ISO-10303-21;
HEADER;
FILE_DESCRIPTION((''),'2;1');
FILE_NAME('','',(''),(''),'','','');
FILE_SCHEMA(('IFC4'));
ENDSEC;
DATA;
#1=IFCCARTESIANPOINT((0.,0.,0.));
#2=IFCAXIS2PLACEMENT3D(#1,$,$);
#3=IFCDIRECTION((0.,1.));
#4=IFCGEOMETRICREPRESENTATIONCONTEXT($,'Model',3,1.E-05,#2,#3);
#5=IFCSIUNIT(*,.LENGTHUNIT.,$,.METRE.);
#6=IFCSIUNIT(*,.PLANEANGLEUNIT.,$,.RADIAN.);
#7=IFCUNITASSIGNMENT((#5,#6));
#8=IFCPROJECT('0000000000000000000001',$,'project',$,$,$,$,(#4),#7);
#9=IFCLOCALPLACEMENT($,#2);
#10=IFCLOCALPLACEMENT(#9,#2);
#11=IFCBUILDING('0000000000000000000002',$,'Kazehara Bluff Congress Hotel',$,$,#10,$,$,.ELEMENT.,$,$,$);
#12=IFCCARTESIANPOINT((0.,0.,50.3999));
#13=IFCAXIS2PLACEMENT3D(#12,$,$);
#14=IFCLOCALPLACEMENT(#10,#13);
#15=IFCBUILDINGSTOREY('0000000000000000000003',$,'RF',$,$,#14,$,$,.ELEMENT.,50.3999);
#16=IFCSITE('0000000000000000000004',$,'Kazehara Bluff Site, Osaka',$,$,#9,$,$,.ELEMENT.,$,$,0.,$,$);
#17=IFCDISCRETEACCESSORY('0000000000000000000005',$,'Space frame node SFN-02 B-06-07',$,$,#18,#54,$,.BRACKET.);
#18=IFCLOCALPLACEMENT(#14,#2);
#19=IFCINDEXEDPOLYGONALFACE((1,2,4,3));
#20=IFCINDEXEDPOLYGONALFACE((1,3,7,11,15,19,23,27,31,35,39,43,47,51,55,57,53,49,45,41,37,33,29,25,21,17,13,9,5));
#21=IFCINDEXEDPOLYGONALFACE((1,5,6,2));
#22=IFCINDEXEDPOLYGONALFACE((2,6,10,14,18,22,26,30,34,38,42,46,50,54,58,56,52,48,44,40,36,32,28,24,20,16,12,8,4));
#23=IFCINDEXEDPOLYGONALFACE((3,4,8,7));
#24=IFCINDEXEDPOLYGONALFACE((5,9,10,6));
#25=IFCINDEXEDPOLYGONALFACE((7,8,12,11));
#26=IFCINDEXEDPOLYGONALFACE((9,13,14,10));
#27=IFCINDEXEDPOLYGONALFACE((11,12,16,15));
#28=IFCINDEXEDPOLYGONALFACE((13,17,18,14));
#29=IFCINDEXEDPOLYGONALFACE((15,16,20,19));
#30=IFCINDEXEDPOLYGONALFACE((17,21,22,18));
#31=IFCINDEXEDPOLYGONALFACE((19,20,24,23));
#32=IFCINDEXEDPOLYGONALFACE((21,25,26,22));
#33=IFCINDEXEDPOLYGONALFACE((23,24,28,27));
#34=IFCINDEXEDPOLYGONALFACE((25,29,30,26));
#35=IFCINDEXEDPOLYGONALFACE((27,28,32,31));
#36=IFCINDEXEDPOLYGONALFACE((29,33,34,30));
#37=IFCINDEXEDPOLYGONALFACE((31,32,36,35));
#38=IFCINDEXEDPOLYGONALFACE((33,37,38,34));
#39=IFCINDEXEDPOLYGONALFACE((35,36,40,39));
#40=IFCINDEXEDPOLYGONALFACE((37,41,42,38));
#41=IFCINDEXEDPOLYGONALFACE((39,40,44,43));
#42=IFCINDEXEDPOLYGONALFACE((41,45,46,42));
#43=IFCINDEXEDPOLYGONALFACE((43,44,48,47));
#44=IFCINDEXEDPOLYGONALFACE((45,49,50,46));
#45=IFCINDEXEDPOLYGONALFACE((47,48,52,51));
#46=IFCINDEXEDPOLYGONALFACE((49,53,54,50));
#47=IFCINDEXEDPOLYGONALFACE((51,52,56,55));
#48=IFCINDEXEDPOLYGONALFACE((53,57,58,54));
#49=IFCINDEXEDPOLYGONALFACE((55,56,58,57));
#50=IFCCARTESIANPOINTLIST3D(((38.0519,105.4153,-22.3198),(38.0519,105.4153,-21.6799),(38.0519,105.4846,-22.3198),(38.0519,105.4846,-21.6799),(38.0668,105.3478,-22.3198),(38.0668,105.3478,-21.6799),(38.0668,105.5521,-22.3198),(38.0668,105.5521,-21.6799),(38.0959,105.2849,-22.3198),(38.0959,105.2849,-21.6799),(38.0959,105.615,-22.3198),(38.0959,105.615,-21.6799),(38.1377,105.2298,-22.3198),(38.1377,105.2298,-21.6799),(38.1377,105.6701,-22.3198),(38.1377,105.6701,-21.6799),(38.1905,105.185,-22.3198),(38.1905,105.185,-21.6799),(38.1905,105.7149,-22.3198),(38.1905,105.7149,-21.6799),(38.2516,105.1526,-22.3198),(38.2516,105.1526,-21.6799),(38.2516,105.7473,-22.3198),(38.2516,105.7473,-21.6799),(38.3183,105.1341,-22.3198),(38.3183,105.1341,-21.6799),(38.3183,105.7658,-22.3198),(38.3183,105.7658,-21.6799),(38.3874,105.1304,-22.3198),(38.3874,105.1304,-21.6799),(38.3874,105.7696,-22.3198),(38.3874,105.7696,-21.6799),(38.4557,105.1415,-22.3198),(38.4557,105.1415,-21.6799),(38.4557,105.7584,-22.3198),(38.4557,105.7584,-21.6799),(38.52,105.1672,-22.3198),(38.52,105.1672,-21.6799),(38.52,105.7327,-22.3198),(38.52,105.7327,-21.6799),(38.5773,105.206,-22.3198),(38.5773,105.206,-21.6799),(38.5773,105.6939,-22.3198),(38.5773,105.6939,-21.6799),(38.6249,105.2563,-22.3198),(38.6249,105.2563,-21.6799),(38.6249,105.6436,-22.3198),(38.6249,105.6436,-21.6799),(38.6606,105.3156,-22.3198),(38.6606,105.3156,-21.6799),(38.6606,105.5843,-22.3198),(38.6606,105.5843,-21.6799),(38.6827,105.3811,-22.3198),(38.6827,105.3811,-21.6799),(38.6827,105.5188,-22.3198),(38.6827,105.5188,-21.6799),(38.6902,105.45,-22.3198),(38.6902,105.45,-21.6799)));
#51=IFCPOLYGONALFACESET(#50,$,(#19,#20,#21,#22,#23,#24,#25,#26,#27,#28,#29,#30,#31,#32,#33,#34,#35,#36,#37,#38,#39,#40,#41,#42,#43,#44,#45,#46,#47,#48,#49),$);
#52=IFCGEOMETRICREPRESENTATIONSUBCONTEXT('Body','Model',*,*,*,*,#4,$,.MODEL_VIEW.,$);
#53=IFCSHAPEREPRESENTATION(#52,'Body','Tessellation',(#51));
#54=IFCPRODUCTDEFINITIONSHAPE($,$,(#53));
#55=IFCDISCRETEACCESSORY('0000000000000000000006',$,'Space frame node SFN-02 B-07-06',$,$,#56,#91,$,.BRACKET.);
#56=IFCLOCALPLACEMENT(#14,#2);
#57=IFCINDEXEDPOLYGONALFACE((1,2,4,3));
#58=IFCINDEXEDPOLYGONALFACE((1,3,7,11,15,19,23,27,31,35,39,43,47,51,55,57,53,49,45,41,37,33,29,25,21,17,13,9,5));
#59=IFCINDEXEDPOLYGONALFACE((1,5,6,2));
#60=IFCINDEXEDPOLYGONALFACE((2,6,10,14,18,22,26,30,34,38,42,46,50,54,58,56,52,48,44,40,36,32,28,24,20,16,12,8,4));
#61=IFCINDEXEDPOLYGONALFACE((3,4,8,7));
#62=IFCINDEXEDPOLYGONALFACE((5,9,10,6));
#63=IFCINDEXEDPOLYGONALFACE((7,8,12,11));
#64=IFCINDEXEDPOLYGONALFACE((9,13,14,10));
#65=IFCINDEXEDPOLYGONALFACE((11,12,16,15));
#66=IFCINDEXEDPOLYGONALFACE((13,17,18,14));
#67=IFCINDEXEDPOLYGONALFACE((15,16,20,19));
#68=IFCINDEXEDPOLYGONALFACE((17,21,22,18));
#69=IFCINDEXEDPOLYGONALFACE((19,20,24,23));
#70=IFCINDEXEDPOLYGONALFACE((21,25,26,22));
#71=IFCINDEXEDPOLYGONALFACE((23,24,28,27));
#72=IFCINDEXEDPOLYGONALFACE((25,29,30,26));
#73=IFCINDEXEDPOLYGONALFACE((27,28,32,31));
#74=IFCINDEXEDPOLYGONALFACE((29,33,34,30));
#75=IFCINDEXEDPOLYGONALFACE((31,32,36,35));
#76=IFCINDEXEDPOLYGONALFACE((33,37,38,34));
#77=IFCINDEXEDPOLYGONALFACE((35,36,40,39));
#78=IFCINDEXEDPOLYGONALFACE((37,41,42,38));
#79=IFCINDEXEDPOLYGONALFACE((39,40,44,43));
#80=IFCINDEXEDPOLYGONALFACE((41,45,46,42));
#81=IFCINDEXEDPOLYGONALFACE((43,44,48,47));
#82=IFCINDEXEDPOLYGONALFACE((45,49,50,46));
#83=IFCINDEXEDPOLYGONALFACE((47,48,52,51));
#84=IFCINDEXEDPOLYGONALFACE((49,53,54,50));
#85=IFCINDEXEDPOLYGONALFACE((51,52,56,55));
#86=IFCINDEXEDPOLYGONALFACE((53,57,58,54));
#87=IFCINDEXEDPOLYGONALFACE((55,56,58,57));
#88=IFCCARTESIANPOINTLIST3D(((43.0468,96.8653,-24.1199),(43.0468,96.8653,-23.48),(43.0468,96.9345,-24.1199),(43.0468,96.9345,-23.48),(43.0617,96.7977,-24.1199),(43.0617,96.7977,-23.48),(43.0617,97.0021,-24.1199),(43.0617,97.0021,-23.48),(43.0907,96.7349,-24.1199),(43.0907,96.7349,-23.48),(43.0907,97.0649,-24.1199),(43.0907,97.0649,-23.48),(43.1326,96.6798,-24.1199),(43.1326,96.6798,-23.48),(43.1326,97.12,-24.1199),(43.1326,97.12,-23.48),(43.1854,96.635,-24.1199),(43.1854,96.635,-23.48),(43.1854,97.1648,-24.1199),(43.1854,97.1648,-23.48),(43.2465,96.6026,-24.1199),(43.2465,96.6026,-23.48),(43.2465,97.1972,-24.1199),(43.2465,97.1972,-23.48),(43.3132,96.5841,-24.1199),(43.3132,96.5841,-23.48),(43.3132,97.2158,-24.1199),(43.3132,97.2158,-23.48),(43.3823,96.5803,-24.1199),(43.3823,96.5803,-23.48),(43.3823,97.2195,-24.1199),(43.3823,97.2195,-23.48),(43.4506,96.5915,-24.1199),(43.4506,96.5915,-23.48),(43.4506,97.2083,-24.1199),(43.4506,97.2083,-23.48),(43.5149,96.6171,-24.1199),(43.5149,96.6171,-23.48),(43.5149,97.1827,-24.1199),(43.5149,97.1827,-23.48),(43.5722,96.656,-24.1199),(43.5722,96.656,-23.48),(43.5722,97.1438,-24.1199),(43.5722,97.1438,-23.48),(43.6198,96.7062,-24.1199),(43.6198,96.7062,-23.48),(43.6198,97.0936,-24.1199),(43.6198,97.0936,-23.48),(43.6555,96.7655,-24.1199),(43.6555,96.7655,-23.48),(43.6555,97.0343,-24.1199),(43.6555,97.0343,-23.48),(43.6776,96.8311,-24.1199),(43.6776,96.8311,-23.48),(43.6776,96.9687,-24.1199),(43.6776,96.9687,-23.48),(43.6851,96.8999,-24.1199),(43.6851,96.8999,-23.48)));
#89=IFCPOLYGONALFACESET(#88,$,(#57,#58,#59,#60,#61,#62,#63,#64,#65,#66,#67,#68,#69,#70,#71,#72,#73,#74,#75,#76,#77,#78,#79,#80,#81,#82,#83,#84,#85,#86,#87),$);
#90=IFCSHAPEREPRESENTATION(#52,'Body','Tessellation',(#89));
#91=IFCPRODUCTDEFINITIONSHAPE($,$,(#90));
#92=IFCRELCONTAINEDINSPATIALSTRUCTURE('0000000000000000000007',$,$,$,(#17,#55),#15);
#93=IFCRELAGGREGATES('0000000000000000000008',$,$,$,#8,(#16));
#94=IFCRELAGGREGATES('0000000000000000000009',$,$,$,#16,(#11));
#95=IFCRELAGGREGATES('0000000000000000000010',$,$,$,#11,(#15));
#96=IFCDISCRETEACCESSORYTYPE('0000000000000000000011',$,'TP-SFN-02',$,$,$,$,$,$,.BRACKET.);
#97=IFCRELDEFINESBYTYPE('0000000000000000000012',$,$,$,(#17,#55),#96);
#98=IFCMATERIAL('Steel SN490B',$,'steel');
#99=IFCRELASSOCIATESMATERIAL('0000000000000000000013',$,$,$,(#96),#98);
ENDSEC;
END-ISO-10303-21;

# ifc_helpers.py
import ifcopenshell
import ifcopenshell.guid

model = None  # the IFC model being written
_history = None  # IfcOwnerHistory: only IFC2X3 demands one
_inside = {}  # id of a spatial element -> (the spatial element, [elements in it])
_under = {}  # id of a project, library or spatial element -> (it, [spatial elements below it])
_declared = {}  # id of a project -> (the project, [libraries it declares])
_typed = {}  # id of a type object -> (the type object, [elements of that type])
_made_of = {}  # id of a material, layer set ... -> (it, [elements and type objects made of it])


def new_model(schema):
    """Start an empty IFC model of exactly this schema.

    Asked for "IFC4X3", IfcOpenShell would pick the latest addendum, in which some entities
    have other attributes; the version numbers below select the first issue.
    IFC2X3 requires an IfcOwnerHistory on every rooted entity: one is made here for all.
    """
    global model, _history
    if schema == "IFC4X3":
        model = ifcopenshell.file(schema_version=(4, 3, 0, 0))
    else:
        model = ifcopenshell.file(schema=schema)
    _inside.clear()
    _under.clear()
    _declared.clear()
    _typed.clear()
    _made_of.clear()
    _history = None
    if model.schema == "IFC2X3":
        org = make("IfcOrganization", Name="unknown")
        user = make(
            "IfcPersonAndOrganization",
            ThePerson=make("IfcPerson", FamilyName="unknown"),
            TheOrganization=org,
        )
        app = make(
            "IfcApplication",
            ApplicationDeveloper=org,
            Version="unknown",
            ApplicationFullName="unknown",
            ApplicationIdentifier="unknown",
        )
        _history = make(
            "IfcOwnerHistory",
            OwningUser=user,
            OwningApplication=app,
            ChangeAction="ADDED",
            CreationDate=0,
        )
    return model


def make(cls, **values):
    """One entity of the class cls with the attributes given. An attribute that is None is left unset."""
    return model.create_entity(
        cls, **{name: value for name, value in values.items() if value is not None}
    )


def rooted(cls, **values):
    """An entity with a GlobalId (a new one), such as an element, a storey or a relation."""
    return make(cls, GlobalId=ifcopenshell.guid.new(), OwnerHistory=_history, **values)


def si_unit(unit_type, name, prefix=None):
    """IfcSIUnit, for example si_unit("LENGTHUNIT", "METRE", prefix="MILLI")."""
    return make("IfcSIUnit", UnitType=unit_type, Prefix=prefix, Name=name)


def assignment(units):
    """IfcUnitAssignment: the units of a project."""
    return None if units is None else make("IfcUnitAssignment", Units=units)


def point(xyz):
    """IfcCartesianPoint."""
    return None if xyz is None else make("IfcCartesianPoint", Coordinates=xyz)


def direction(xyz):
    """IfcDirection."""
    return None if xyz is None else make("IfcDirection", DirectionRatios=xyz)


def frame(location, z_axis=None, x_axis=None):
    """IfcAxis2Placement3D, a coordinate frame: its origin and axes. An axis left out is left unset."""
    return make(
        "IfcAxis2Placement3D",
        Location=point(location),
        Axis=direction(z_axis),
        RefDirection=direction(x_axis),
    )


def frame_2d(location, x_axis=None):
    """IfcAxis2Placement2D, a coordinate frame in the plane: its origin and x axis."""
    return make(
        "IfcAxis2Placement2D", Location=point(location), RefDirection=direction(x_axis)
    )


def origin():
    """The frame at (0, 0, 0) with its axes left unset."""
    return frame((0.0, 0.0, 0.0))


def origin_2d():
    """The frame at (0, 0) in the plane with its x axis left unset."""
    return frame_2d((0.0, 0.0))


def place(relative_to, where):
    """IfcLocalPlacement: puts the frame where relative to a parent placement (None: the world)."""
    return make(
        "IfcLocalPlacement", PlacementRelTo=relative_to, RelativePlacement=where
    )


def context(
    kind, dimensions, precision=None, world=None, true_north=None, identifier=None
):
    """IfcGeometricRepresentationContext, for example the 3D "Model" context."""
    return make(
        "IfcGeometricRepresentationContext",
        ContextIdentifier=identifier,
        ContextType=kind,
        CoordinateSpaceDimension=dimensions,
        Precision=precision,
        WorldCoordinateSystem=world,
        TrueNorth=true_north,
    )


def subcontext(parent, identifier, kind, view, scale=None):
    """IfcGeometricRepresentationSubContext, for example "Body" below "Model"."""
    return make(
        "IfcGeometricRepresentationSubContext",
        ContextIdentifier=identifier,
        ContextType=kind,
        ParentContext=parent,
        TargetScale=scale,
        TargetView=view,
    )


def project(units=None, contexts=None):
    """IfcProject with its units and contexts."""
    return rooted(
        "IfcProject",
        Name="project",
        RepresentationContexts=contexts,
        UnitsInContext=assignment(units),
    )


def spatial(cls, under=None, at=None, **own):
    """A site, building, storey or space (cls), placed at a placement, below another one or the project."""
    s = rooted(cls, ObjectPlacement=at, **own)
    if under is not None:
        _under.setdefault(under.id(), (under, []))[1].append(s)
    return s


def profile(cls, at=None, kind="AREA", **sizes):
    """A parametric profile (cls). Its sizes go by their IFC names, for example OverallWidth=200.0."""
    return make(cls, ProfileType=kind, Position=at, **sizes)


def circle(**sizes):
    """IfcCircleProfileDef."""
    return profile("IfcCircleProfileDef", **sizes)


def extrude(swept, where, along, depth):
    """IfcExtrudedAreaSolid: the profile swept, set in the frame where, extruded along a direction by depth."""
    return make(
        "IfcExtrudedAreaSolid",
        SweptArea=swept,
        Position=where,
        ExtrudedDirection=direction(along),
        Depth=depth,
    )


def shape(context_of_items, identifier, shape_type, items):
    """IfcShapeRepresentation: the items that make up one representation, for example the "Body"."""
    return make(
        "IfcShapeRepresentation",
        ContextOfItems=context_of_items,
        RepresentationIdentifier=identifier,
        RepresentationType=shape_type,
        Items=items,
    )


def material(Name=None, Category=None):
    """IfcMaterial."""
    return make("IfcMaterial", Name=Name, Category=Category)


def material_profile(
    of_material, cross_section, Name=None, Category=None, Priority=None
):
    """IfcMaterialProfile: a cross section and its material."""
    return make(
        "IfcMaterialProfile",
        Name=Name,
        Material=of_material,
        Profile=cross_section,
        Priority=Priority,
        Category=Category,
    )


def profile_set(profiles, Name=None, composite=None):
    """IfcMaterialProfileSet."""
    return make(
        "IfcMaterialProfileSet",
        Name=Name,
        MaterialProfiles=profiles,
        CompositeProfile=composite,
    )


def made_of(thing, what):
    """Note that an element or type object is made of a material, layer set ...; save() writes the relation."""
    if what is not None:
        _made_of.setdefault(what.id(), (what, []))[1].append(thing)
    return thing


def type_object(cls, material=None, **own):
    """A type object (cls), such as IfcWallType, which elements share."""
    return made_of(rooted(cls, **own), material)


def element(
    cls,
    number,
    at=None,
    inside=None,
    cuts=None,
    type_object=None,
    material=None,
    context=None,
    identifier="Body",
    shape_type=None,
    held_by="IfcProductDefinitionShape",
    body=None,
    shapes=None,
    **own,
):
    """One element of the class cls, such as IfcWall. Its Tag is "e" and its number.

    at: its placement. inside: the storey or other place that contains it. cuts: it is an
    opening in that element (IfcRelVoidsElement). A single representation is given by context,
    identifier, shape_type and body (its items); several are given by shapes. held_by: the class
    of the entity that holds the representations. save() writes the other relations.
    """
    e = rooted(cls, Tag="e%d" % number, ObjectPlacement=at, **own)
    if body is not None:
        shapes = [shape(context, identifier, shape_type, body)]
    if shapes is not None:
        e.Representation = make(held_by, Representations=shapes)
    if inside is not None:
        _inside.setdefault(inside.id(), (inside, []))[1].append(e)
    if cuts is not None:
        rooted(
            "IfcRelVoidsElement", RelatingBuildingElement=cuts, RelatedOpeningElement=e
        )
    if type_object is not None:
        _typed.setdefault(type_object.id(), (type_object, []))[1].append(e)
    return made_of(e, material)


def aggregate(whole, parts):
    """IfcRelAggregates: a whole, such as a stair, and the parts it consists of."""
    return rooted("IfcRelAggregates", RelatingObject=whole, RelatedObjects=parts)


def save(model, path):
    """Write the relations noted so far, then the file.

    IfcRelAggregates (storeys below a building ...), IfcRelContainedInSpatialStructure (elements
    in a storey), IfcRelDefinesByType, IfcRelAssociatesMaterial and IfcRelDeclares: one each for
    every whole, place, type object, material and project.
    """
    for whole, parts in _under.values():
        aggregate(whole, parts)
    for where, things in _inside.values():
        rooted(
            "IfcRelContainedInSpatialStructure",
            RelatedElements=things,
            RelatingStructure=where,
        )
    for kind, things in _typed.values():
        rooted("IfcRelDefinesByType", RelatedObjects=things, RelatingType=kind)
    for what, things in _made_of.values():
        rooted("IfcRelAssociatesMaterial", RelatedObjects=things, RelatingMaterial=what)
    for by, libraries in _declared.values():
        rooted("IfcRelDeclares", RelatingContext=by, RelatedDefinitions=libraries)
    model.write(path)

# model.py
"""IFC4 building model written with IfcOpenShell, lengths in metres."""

from ifc_helpers import new_model, si_unit, direction, frame, origin, origin_2d, place, context, subcontext, project, spatial, circle, extrude, material, material_profile, profile_set, type_object, element, save


model = new_model("IFC4")

# Units and contexts
model_context = context("Model", 3, precision=1e-05, world=origin(), true_north=direction((0.0, 1.0)))
body_context = subcontext(model_context, "Body", "Model", "MODEL_VIEW")
ifc_project = project(units=[si_unit("LENGTHUNIT", "METRE"), si_unit("PLANEANGLEUNIT", "RADIAN")], contexts=[model_context])

# Site, building, storey
site_placement = place(None, origin())
site = spatial("IfcSite", under=ifc_project, at=site_placement, Name="Kazehara Bluff Site, Osaka", CompositionType="ELEMENT", RefElevation=0.0)
building_placement = place(site_placement, origin())
building = spatial("IfcBuilding", under=site, at=building_placement, Name="Kazehara Bluff Congress Hotel", CompositionType="ELEMENT")
storey_placement = place(building_placement, frame((0.0, 0.0, 50.3999)))
storey = spatial("IfcBuildingStorey", under=building, at=storey_placement, Name="RF", CompositionType="ELEMENT", Elevation=50.3999)

# Discrete accessories
ifc_material_1 = material(Name="Steel SN490B", Category="steel")
ifc_material_profile_1 = material_profile(ifc_material_1, circle(Radius=0.3201, at=origin_2d()))
ifc_profile_set_1 = profile_set([ifc_material_profile_1], Name="Steel SN490B")
discrete_accessory_type_1 = type_object("IfcDiscreteAccessoryType", Name="TP-SFN-02", PredefinedType="BRACKET", material=ifc_profile_set_1)
for number, where, z_axis, x_axis, name in (
    (1, (38.3701, 105.45, -22.3198), (0.0, 0.0, 1.0), (1.0, 0.0, 0.0), "Space frame node SFN-02 B-06-07"),
    (2, (43.365, 96.8999, -24.1199), (0.0, 0.0, 1.0), (1.0, 0.0, 0.0), "Space frame node SFN-02 B-07-06"),
):
    element("IfcDiscreteAccessory", number, at=place(storey_placement, frame(where, z_axis=z_axis, x_axis=x_axis)), inside=storey, type_object=discrete_accessory_type_1, Name=name, PredefinedType="BRACKET", context=body_context, shape_type="SweptSolid", body=[
        extrude(circle(Radius=0.3201, at=origin_2d()), origin(), (0.0, 0.0, 1.0), 0.6399),
    ])

save(model, "model.ifc")
